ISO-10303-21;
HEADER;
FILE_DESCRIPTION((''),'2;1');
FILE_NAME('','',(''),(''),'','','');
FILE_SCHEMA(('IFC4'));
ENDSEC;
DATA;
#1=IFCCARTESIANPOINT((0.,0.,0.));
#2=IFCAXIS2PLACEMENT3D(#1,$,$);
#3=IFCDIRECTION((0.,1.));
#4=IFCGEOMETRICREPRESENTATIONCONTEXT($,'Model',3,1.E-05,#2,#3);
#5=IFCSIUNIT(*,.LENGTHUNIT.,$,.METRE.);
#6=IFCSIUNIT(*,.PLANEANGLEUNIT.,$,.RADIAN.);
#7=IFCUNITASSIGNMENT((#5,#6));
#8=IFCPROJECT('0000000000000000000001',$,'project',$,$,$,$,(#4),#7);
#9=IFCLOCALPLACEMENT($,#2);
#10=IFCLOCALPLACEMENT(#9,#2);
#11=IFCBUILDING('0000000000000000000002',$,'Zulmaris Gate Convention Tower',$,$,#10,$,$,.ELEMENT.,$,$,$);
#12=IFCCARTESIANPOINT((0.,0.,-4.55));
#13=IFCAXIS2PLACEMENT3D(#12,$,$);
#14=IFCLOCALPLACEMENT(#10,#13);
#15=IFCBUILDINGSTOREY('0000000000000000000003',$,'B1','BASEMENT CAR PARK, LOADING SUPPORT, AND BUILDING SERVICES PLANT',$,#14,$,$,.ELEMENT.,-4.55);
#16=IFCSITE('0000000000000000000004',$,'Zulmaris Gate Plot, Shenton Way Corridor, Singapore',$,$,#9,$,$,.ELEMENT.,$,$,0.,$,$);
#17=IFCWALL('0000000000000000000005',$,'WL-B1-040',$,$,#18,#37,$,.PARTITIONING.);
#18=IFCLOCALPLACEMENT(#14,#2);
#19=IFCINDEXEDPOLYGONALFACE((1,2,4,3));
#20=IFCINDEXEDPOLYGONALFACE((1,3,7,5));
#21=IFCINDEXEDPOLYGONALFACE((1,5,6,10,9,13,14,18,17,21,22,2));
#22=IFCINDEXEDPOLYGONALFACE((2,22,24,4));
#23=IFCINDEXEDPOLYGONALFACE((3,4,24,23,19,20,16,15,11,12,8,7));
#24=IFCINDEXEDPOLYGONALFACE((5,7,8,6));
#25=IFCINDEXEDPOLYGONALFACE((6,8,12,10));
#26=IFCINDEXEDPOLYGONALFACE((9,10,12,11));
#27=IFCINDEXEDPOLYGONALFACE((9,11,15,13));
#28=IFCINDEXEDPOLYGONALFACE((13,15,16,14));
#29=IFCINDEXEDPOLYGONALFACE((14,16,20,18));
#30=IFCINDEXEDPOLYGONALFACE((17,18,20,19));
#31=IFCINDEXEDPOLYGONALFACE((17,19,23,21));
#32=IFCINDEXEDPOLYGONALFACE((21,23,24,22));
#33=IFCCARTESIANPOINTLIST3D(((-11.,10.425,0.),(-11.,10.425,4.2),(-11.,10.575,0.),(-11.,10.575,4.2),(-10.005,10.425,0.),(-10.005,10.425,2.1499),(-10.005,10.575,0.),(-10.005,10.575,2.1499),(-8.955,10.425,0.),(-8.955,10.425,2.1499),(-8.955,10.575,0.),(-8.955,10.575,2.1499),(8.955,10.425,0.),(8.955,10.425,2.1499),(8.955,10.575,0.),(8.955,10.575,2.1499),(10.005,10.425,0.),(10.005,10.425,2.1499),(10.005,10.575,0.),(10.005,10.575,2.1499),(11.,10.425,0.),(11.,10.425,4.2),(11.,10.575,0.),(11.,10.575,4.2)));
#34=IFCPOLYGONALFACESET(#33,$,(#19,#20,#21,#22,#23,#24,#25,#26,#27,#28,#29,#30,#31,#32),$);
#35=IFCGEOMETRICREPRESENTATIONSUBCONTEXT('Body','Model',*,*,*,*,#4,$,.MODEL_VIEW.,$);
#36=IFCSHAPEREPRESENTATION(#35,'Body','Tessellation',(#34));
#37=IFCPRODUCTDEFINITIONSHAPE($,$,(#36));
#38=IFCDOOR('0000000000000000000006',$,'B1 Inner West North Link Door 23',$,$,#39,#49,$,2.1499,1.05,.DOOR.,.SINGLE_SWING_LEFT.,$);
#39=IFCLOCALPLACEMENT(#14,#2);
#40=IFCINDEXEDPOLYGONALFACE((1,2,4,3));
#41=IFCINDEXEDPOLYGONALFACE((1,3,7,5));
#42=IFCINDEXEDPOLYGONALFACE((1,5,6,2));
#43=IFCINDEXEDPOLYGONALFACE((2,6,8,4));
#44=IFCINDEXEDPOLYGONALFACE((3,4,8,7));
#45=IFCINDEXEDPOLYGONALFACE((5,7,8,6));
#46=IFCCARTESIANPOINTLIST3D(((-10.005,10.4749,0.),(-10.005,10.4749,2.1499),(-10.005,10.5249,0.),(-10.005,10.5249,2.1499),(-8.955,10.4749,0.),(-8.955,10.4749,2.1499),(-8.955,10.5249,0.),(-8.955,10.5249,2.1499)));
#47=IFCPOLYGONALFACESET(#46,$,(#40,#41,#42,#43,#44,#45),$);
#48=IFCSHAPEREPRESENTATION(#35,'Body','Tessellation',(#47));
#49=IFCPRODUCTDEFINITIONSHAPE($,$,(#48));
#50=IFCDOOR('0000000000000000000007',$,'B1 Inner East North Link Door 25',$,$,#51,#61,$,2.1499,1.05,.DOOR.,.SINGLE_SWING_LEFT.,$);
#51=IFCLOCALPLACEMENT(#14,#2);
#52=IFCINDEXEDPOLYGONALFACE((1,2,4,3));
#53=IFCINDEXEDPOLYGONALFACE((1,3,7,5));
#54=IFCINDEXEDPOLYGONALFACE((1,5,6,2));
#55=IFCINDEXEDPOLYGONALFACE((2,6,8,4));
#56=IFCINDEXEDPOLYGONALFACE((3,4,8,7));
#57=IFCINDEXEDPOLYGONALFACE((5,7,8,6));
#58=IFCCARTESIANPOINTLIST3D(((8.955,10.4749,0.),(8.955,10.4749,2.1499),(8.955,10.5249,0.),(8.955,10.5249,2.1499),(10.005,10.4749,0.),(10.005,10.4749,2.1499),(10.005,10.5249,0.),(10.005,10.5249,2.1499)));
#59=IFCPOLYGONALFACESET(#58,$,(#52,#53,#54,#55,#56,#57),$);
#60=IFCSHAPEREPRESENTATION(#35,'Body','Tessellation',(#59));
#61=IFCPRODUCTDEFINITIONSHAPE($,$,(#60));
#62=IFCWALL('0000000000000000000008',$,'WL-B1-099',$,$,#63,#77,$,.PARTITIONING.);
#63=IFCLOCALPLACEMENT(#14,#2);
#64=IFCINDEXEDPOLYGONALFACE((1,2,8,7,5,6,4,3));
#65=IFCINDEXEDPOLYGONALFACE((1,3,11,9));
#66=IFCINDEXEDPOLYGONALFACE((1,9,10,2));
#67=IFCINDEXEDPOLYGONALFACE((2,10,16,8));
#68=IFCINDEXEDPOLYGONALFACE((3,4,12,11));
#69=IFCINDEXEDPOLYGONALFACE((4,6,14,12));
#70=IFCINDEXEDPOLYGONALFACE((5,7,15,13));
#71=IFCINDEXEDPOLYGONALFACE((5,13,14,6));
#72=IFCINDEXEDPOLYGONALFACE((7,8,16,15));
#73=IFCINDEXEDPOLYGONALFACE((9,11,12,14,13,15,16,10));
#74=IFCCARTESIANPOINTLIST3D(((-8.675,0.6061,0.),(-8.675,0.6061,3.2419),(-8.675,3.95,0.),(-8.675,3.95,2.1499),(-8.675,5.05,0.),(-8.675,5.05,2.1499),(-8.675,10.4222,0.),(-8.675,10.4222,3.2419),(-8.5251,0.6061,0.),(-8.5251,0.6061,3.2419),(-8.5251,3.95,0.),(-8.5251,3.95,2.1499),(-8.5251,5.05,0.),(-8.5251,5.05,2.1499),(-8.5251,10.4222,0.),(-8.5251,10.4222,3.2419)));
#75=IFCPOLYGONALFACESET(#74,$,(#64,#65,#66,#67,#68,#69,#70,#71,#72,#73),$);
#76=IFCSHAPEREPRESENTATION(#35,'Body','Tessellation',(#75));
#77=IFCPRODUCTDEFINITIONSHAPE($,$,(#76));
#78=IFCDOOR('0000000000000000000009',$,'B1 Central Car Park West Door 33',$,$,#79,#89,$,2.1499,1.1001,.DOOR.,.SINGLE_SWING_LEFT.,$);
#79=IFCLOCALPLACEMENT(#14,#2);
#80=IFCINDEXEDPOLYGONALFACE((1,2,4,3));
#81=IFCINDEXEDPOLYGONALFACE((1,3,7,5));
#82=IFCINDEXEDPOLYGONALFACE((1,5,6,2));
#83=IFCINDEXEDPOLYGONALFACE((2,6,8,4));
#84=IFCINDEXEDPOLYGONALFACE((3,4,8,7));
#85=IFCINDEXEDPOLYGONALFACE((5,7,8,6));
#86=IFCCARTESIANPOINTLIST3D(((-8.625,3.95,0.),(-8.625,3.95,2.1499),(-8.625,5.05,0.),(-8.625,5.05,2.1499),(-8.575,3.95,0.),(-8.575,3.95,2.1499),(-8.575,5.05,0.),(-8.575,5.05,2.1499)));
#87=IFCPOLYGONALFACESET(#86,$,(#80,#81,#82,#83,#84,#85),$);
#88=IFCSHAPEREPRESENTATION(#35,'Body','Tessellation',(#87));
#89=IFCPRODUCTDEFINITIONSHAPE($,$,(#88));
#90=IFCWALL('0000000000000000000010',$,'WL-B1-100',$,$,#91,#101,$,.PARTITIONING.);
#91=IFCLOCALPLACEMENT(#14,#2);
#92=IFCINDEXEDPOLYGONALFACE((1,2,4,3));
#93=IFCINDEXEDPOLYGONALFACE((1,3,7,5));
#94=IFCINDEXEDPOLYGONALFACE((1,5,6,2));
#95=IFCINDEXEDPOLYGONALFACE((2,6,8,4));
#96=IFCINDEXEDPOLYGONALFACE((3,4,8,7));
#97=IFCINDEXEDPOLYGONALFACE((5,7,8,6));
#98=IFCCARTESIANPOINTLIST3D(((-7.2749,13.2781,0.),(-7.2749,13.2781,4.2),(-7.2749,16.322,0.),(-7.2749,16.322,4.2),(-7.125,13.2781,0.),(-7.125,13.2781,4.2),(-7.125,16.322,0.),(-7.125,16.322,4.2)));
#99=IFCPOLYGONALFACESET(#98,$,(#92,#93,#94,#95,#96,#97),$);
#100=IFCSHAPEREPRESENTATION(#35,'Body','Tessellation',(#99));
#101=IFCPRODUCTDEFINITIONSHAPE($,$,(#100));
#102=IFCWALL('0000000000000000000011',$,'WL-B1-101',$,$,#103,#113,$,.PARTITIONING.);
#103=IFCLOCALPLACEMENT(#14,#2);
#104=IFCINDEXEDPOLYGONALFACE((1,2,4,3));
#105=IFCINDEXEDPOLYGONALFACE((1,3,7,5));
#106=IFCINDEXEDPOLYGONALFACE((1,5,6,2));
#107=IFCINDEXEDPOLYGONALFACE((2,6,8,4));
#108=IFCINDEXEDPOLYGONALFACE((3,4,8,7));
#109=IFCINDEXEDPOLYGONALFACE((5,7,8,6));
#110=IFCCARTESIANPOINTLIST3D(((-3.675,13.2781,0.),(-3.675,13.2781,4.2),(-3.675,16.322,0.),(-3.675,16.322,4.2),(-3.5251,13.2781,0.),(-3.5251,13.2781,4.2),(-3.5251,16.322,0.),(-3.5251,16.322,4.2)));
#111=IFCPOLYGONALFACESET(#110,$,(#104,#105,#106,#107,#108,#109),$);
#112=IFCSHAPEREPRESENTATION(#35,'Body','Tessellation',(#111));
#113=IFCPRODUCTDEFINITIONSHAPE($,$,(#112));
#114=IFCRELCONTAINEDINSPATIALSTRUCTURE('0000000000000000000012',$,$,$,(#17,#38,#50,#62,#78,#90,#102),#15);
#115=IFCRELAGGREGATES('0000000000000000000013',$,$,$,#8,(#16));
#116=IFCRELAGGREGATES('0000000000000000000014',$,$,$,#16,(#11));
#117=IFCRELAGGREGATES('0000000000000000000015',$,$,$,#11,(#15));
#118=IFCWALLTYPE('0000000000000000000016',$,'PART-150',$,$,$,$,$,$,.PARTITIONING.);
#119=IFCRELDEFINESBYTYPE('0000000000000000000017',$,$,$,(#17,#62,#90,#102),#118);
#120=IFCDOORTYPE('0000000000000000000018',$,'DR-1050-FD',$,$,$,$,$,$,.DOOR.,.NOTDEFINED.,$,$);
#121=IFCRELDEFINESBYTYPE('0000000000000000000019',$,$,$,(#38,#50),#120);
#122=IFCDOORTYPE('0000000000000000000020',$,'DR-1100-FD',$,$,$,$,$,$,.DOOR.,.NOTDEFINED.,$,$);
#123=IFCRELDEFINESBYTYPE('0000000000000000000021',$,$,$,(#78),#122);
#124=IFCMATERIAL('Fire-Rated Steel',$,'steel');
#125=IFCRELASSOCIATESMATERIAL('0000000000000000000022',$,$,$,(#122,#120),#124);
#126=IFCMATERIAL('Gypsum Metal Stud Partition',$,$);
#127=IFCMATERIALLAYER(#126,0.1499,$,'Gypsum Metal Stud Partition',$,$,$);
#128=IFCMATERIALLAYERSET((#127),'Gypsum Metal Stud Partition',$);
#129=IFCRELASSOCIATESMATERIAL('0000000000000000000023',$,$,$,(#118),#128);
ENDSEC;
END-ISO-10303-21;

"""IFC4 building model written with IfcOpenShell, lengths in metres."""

from ifc_helpers import new_model, si_unit, direction, frame, frame_2d, origin, place, context, subcontext, project, spatial, rectangle, extrude, material, layer, layer_set, type_object, element, fill, save


model = new_model("IFC4")

# Units and contexts
model_context = context("Model", 3, precision=1e-05, world=origin(), true_north=direction((0.0, 1.0)))
body_context = subcontext(model_context, "Body", "Model", "MODEL_VIEW")
ifc_project = project(units=[si_unit("LENGTHUNIT", "METRE"), si_unit("PLANEANGLEUNIT", "RADIAN")], contexts=[model_context])

# Site, building, storey
site_placement = place(None, origin())
site = spatial("IfcSite", under=ifc_project, at=site_placement, Name="Zulmaris Gate Plot, Shenton Way Corridor, Singapore", CompositionType="ELEMENT", RefElevation=0.0)
building_placement = place(site_placement, origin())
building = spatial("IfcBuilding", under=site, at=building_placement, Name="Zulmaris Gate Convention Tower", CompositionType="ELEMENT")
storey_placement = place(building_placement, frame((0.0, 0.0, -4.55)))
storey = spatial("IfcBuildingStorey", under=building, at=storey_placement, Name="B1", Description="BASEMENT CAR PARK, LOADING SUPPORT, AND BUILDING SERVICES PLANT", CompositionType="ELEMENT", Elevation=-4.55)

# Shared definitions
ifc_material_1 = material(Name="Fire-Rated Steel", Category="steel")
door_type_1 = type_object("IfcDoorType", Name="DR-1100-FD", OperationType="NOTDEFINED", PredefinedType="DOOR", material=ifc_material_1)

# Shared definitions
ifc_material_2 = material(Name="Gypsum Metal Stud Partition")
ifc_layer_1 = layer(ifc_material_2, 0.1499, Name="Gypsum Metal Stud Partition")
ifc_layer_set_1 = layer_set([ifc_layer_1], Name="Gypsum Metal Stud Partition")
wall_type_1 = type_object("IfcWallType", Name="PART-150", PredefinedType="PARTITIONING", material=ifc_layer_set_1)

# Wall, openings, doors
wall_1_placement = place(storey_placement, frame((-11.0, 10.5, 0.0), z_axis=(0.0, 0.0, 1.0), x_axis=(1.0, 0.0, 0.0)))
wall_1 = element("IfcWall", 1, at=wall_1_placement, inside=storey, type_object=wall_type_1, Name="WL-B1-040", PredefinedType="PARTITIONING", context=body_context, shape_type="SweptSolid", body=[
    extrude(rectangle(XDim=22.0, YDim=0.1499, at=frame_2d((11.0, 0.0))), origin(), (0.0, 0.0, 1.0), 4.2),
])
opening_1_placement = place(wall_1_placement, frame((0.9951, 0.0, 0.0)))
opening_1 = element("IfcOpeningElement", 2, at=opening_1_placement, cuts=wall_1, PredefinedType="OPENING", context=body_context, shape_type="SweptSolid", body=[
    extrude(rectangle(XDim=1.05, YDim=2.1499, at=frame_2d((0.5249, 1.075))), frame((0.0, 0.085, 0.0), z_axis=(0.0, -1.0, 0.0), x_axis=(1.0, 0.0, 0.0)), (0.0, 0.0, 1.0), 0.1699),
])
opening_2_placement = place(wall_1_placement, frame((19.9551, 0.0, 0.0)))
opening_2 = element("IfcOpeningElement", 3, at=opening_2_placement, cuts=wall_1, PredefinedType="OPENING", context=body_context, shape_type="SweptSolid", body=[
    extrude(rectangle(XDim=1.05, YDim=2.1499, at=frame_2d((0.5249, 1.075))), frame((0.0, 0.085, 0.0), z_axis=(0.0, -1.0, 0.0), x_axis=(1.0, 0.0, 0.0)), (0.0, 0.0, 1.0), 0.1699),
])
door_type_2 = type_object("IfcDoorType", Name="DR-1050-FD", OperationType="NOTDEFINED", PredefinedType="DOOR", material=ifc_material_1)
door_1_placement = place(opening_1_placement, origin())
door_1 = element("IfcDoor", 4, at=door_1_placement, inside=storey, type_object=door_type_2, Name="B1 Inner West North Link Door 23", OperationType="SINGLE_SWING_LEFT", OverallHeight=2.1499, OverallWidth=1.05, PredefinedType="DOOR", context=body_context, shape_type="SweptSolid", body=[
    extrude(rectangle(XDim=1.05, YDim=2.1499, at=frame_2d((0.5249, 1.075))), frame((0.0, 0.0249, 0.0), z_axis=(0.0, -1.0, 0.0), x_axis=(1.0, 0.0, 0.0)), (0.0, 0.0, 1.0), 0.05),
])
fill(opening_1, door_1)
door_2_placement = place(opening_2_placement, origin())
door_2 = element("IfcDoor", 5, at=door_2_placement, inside=storey, type_object=door_type_2, Name="B1 Inner East North Link Door 25", OperationType="SINGLE_SWING_LEFT", OverallHeight=2.1499, OverallWidth=1.05, PredefinedType="DOOR", context=body_context, shape_type="SweptSolid", body=[
    extrude(rectangle(XDim=1.05, YDim=2.1499, at=frame_2d((0.5249, 1.075))), frame((0.0, 0.0249, 0.0), z_axis=(0.0, -1.0, 0.0), x_axis=(1.0, 0.0, 0.0)), (0.0, 0.0, 1.0), 0.05),
])
fill(opening_2, door_2)

# Wall, opening, door
wall_2_placement = place(storey_placement, frame((-8.6001, 0.606, 0.0), z_axis=(0.0, 0.0, 1.0), x_axis=(0.0, 1.0, 0.0)))
wall_2 = element("IfcWall", 6, at=wall_2_placement, inside=storey, type_object=wall_type_1, Name="WL-B1-099", PredefinedType="PARTITIONING", context=body_context, shape_type="SweptSolid", body=[
    extrude(rectangle(XDim=9.8162, YDim=0.1499, at=frame_2d((4.9082, 0.0))), origin(), (0.0, 0.0, 1.0), 3.2419),
])
opening_3_placement = place(wall_2_placement, frame((3.344, 0.0, 0.0)))
opening_3 = element("IfcOpeningElement", 7, at=opening_3_placement, cuts=wall_2, PredefinedType="OPENING", context=body_context, shape_type="SweptSolid", body=[
    extrude(rectangle(XDim=1.1001, YDim=2.1499, at=frame_2d((0.55, 1.075))), frame((0.0, 0.085, 0.0), z_axis=(0.0, -1.0, 0.0), x_axis=(1.0, 0.0, 0.0)), (0.0, 0.0, 1.0), 0.1699),
])
door_3_placement = place(opening_3_placement, origin())
door_3 = element("IfcDoor", 8, at=door_3_placement, inside=storey, type_object=door_type_1, Name="B1 Central Car Park West Door 33", OperationType="SINGLE_SWING_LEFT", OverallHeight=2.1499, OverallWidth=1.1001, PredefinedType="DOOR", context=body_context, shape_type="SweptSolid", body=[
    extrude(rectangle(XDim=1.1001, YDim=2.1499, at=frame_2d((0.55, 1.075))), frame((0.0, 0.0249, 0.0), z_axis=(0.0, -1.0, 0.0), x_axis=(1.0, 0.0, 0.0)), (0.0, 0.0, 1.0), 0.05),
])
fill(opening_3, door_3)

# Walls
for number, where, z_axis, x_axis, name in (
    (9, (-7.2, 13.2781, 0.0), (0.0, 0.0, 1.0), (0.0, 1.0, 0.0), "WL-B1-100"),
    (10, (-3.6001, 13.2781, 0.0), (0.0, 0.0, 1.0), (0.0, 1.0, 0.0), "WL-B1-101"),
):
    element("IfcWall", number, at=place(storey_placement, frame(where, z_axis=z_axis, x_axis=x_axis)), inside=storey, type_object=wall_type_1, Name=name, PredefinedType="PARTITIONING", context=body_context, shape_type="SweptSolid", body=[
        extrude(rectangle(XDim=3.0439, YDim=0.1499, at=frame_2d((1.522, 0.0))), origin(), (0.0, 0.0, 1.0), 4.2),
    ])

save(model, "model.ifc")
